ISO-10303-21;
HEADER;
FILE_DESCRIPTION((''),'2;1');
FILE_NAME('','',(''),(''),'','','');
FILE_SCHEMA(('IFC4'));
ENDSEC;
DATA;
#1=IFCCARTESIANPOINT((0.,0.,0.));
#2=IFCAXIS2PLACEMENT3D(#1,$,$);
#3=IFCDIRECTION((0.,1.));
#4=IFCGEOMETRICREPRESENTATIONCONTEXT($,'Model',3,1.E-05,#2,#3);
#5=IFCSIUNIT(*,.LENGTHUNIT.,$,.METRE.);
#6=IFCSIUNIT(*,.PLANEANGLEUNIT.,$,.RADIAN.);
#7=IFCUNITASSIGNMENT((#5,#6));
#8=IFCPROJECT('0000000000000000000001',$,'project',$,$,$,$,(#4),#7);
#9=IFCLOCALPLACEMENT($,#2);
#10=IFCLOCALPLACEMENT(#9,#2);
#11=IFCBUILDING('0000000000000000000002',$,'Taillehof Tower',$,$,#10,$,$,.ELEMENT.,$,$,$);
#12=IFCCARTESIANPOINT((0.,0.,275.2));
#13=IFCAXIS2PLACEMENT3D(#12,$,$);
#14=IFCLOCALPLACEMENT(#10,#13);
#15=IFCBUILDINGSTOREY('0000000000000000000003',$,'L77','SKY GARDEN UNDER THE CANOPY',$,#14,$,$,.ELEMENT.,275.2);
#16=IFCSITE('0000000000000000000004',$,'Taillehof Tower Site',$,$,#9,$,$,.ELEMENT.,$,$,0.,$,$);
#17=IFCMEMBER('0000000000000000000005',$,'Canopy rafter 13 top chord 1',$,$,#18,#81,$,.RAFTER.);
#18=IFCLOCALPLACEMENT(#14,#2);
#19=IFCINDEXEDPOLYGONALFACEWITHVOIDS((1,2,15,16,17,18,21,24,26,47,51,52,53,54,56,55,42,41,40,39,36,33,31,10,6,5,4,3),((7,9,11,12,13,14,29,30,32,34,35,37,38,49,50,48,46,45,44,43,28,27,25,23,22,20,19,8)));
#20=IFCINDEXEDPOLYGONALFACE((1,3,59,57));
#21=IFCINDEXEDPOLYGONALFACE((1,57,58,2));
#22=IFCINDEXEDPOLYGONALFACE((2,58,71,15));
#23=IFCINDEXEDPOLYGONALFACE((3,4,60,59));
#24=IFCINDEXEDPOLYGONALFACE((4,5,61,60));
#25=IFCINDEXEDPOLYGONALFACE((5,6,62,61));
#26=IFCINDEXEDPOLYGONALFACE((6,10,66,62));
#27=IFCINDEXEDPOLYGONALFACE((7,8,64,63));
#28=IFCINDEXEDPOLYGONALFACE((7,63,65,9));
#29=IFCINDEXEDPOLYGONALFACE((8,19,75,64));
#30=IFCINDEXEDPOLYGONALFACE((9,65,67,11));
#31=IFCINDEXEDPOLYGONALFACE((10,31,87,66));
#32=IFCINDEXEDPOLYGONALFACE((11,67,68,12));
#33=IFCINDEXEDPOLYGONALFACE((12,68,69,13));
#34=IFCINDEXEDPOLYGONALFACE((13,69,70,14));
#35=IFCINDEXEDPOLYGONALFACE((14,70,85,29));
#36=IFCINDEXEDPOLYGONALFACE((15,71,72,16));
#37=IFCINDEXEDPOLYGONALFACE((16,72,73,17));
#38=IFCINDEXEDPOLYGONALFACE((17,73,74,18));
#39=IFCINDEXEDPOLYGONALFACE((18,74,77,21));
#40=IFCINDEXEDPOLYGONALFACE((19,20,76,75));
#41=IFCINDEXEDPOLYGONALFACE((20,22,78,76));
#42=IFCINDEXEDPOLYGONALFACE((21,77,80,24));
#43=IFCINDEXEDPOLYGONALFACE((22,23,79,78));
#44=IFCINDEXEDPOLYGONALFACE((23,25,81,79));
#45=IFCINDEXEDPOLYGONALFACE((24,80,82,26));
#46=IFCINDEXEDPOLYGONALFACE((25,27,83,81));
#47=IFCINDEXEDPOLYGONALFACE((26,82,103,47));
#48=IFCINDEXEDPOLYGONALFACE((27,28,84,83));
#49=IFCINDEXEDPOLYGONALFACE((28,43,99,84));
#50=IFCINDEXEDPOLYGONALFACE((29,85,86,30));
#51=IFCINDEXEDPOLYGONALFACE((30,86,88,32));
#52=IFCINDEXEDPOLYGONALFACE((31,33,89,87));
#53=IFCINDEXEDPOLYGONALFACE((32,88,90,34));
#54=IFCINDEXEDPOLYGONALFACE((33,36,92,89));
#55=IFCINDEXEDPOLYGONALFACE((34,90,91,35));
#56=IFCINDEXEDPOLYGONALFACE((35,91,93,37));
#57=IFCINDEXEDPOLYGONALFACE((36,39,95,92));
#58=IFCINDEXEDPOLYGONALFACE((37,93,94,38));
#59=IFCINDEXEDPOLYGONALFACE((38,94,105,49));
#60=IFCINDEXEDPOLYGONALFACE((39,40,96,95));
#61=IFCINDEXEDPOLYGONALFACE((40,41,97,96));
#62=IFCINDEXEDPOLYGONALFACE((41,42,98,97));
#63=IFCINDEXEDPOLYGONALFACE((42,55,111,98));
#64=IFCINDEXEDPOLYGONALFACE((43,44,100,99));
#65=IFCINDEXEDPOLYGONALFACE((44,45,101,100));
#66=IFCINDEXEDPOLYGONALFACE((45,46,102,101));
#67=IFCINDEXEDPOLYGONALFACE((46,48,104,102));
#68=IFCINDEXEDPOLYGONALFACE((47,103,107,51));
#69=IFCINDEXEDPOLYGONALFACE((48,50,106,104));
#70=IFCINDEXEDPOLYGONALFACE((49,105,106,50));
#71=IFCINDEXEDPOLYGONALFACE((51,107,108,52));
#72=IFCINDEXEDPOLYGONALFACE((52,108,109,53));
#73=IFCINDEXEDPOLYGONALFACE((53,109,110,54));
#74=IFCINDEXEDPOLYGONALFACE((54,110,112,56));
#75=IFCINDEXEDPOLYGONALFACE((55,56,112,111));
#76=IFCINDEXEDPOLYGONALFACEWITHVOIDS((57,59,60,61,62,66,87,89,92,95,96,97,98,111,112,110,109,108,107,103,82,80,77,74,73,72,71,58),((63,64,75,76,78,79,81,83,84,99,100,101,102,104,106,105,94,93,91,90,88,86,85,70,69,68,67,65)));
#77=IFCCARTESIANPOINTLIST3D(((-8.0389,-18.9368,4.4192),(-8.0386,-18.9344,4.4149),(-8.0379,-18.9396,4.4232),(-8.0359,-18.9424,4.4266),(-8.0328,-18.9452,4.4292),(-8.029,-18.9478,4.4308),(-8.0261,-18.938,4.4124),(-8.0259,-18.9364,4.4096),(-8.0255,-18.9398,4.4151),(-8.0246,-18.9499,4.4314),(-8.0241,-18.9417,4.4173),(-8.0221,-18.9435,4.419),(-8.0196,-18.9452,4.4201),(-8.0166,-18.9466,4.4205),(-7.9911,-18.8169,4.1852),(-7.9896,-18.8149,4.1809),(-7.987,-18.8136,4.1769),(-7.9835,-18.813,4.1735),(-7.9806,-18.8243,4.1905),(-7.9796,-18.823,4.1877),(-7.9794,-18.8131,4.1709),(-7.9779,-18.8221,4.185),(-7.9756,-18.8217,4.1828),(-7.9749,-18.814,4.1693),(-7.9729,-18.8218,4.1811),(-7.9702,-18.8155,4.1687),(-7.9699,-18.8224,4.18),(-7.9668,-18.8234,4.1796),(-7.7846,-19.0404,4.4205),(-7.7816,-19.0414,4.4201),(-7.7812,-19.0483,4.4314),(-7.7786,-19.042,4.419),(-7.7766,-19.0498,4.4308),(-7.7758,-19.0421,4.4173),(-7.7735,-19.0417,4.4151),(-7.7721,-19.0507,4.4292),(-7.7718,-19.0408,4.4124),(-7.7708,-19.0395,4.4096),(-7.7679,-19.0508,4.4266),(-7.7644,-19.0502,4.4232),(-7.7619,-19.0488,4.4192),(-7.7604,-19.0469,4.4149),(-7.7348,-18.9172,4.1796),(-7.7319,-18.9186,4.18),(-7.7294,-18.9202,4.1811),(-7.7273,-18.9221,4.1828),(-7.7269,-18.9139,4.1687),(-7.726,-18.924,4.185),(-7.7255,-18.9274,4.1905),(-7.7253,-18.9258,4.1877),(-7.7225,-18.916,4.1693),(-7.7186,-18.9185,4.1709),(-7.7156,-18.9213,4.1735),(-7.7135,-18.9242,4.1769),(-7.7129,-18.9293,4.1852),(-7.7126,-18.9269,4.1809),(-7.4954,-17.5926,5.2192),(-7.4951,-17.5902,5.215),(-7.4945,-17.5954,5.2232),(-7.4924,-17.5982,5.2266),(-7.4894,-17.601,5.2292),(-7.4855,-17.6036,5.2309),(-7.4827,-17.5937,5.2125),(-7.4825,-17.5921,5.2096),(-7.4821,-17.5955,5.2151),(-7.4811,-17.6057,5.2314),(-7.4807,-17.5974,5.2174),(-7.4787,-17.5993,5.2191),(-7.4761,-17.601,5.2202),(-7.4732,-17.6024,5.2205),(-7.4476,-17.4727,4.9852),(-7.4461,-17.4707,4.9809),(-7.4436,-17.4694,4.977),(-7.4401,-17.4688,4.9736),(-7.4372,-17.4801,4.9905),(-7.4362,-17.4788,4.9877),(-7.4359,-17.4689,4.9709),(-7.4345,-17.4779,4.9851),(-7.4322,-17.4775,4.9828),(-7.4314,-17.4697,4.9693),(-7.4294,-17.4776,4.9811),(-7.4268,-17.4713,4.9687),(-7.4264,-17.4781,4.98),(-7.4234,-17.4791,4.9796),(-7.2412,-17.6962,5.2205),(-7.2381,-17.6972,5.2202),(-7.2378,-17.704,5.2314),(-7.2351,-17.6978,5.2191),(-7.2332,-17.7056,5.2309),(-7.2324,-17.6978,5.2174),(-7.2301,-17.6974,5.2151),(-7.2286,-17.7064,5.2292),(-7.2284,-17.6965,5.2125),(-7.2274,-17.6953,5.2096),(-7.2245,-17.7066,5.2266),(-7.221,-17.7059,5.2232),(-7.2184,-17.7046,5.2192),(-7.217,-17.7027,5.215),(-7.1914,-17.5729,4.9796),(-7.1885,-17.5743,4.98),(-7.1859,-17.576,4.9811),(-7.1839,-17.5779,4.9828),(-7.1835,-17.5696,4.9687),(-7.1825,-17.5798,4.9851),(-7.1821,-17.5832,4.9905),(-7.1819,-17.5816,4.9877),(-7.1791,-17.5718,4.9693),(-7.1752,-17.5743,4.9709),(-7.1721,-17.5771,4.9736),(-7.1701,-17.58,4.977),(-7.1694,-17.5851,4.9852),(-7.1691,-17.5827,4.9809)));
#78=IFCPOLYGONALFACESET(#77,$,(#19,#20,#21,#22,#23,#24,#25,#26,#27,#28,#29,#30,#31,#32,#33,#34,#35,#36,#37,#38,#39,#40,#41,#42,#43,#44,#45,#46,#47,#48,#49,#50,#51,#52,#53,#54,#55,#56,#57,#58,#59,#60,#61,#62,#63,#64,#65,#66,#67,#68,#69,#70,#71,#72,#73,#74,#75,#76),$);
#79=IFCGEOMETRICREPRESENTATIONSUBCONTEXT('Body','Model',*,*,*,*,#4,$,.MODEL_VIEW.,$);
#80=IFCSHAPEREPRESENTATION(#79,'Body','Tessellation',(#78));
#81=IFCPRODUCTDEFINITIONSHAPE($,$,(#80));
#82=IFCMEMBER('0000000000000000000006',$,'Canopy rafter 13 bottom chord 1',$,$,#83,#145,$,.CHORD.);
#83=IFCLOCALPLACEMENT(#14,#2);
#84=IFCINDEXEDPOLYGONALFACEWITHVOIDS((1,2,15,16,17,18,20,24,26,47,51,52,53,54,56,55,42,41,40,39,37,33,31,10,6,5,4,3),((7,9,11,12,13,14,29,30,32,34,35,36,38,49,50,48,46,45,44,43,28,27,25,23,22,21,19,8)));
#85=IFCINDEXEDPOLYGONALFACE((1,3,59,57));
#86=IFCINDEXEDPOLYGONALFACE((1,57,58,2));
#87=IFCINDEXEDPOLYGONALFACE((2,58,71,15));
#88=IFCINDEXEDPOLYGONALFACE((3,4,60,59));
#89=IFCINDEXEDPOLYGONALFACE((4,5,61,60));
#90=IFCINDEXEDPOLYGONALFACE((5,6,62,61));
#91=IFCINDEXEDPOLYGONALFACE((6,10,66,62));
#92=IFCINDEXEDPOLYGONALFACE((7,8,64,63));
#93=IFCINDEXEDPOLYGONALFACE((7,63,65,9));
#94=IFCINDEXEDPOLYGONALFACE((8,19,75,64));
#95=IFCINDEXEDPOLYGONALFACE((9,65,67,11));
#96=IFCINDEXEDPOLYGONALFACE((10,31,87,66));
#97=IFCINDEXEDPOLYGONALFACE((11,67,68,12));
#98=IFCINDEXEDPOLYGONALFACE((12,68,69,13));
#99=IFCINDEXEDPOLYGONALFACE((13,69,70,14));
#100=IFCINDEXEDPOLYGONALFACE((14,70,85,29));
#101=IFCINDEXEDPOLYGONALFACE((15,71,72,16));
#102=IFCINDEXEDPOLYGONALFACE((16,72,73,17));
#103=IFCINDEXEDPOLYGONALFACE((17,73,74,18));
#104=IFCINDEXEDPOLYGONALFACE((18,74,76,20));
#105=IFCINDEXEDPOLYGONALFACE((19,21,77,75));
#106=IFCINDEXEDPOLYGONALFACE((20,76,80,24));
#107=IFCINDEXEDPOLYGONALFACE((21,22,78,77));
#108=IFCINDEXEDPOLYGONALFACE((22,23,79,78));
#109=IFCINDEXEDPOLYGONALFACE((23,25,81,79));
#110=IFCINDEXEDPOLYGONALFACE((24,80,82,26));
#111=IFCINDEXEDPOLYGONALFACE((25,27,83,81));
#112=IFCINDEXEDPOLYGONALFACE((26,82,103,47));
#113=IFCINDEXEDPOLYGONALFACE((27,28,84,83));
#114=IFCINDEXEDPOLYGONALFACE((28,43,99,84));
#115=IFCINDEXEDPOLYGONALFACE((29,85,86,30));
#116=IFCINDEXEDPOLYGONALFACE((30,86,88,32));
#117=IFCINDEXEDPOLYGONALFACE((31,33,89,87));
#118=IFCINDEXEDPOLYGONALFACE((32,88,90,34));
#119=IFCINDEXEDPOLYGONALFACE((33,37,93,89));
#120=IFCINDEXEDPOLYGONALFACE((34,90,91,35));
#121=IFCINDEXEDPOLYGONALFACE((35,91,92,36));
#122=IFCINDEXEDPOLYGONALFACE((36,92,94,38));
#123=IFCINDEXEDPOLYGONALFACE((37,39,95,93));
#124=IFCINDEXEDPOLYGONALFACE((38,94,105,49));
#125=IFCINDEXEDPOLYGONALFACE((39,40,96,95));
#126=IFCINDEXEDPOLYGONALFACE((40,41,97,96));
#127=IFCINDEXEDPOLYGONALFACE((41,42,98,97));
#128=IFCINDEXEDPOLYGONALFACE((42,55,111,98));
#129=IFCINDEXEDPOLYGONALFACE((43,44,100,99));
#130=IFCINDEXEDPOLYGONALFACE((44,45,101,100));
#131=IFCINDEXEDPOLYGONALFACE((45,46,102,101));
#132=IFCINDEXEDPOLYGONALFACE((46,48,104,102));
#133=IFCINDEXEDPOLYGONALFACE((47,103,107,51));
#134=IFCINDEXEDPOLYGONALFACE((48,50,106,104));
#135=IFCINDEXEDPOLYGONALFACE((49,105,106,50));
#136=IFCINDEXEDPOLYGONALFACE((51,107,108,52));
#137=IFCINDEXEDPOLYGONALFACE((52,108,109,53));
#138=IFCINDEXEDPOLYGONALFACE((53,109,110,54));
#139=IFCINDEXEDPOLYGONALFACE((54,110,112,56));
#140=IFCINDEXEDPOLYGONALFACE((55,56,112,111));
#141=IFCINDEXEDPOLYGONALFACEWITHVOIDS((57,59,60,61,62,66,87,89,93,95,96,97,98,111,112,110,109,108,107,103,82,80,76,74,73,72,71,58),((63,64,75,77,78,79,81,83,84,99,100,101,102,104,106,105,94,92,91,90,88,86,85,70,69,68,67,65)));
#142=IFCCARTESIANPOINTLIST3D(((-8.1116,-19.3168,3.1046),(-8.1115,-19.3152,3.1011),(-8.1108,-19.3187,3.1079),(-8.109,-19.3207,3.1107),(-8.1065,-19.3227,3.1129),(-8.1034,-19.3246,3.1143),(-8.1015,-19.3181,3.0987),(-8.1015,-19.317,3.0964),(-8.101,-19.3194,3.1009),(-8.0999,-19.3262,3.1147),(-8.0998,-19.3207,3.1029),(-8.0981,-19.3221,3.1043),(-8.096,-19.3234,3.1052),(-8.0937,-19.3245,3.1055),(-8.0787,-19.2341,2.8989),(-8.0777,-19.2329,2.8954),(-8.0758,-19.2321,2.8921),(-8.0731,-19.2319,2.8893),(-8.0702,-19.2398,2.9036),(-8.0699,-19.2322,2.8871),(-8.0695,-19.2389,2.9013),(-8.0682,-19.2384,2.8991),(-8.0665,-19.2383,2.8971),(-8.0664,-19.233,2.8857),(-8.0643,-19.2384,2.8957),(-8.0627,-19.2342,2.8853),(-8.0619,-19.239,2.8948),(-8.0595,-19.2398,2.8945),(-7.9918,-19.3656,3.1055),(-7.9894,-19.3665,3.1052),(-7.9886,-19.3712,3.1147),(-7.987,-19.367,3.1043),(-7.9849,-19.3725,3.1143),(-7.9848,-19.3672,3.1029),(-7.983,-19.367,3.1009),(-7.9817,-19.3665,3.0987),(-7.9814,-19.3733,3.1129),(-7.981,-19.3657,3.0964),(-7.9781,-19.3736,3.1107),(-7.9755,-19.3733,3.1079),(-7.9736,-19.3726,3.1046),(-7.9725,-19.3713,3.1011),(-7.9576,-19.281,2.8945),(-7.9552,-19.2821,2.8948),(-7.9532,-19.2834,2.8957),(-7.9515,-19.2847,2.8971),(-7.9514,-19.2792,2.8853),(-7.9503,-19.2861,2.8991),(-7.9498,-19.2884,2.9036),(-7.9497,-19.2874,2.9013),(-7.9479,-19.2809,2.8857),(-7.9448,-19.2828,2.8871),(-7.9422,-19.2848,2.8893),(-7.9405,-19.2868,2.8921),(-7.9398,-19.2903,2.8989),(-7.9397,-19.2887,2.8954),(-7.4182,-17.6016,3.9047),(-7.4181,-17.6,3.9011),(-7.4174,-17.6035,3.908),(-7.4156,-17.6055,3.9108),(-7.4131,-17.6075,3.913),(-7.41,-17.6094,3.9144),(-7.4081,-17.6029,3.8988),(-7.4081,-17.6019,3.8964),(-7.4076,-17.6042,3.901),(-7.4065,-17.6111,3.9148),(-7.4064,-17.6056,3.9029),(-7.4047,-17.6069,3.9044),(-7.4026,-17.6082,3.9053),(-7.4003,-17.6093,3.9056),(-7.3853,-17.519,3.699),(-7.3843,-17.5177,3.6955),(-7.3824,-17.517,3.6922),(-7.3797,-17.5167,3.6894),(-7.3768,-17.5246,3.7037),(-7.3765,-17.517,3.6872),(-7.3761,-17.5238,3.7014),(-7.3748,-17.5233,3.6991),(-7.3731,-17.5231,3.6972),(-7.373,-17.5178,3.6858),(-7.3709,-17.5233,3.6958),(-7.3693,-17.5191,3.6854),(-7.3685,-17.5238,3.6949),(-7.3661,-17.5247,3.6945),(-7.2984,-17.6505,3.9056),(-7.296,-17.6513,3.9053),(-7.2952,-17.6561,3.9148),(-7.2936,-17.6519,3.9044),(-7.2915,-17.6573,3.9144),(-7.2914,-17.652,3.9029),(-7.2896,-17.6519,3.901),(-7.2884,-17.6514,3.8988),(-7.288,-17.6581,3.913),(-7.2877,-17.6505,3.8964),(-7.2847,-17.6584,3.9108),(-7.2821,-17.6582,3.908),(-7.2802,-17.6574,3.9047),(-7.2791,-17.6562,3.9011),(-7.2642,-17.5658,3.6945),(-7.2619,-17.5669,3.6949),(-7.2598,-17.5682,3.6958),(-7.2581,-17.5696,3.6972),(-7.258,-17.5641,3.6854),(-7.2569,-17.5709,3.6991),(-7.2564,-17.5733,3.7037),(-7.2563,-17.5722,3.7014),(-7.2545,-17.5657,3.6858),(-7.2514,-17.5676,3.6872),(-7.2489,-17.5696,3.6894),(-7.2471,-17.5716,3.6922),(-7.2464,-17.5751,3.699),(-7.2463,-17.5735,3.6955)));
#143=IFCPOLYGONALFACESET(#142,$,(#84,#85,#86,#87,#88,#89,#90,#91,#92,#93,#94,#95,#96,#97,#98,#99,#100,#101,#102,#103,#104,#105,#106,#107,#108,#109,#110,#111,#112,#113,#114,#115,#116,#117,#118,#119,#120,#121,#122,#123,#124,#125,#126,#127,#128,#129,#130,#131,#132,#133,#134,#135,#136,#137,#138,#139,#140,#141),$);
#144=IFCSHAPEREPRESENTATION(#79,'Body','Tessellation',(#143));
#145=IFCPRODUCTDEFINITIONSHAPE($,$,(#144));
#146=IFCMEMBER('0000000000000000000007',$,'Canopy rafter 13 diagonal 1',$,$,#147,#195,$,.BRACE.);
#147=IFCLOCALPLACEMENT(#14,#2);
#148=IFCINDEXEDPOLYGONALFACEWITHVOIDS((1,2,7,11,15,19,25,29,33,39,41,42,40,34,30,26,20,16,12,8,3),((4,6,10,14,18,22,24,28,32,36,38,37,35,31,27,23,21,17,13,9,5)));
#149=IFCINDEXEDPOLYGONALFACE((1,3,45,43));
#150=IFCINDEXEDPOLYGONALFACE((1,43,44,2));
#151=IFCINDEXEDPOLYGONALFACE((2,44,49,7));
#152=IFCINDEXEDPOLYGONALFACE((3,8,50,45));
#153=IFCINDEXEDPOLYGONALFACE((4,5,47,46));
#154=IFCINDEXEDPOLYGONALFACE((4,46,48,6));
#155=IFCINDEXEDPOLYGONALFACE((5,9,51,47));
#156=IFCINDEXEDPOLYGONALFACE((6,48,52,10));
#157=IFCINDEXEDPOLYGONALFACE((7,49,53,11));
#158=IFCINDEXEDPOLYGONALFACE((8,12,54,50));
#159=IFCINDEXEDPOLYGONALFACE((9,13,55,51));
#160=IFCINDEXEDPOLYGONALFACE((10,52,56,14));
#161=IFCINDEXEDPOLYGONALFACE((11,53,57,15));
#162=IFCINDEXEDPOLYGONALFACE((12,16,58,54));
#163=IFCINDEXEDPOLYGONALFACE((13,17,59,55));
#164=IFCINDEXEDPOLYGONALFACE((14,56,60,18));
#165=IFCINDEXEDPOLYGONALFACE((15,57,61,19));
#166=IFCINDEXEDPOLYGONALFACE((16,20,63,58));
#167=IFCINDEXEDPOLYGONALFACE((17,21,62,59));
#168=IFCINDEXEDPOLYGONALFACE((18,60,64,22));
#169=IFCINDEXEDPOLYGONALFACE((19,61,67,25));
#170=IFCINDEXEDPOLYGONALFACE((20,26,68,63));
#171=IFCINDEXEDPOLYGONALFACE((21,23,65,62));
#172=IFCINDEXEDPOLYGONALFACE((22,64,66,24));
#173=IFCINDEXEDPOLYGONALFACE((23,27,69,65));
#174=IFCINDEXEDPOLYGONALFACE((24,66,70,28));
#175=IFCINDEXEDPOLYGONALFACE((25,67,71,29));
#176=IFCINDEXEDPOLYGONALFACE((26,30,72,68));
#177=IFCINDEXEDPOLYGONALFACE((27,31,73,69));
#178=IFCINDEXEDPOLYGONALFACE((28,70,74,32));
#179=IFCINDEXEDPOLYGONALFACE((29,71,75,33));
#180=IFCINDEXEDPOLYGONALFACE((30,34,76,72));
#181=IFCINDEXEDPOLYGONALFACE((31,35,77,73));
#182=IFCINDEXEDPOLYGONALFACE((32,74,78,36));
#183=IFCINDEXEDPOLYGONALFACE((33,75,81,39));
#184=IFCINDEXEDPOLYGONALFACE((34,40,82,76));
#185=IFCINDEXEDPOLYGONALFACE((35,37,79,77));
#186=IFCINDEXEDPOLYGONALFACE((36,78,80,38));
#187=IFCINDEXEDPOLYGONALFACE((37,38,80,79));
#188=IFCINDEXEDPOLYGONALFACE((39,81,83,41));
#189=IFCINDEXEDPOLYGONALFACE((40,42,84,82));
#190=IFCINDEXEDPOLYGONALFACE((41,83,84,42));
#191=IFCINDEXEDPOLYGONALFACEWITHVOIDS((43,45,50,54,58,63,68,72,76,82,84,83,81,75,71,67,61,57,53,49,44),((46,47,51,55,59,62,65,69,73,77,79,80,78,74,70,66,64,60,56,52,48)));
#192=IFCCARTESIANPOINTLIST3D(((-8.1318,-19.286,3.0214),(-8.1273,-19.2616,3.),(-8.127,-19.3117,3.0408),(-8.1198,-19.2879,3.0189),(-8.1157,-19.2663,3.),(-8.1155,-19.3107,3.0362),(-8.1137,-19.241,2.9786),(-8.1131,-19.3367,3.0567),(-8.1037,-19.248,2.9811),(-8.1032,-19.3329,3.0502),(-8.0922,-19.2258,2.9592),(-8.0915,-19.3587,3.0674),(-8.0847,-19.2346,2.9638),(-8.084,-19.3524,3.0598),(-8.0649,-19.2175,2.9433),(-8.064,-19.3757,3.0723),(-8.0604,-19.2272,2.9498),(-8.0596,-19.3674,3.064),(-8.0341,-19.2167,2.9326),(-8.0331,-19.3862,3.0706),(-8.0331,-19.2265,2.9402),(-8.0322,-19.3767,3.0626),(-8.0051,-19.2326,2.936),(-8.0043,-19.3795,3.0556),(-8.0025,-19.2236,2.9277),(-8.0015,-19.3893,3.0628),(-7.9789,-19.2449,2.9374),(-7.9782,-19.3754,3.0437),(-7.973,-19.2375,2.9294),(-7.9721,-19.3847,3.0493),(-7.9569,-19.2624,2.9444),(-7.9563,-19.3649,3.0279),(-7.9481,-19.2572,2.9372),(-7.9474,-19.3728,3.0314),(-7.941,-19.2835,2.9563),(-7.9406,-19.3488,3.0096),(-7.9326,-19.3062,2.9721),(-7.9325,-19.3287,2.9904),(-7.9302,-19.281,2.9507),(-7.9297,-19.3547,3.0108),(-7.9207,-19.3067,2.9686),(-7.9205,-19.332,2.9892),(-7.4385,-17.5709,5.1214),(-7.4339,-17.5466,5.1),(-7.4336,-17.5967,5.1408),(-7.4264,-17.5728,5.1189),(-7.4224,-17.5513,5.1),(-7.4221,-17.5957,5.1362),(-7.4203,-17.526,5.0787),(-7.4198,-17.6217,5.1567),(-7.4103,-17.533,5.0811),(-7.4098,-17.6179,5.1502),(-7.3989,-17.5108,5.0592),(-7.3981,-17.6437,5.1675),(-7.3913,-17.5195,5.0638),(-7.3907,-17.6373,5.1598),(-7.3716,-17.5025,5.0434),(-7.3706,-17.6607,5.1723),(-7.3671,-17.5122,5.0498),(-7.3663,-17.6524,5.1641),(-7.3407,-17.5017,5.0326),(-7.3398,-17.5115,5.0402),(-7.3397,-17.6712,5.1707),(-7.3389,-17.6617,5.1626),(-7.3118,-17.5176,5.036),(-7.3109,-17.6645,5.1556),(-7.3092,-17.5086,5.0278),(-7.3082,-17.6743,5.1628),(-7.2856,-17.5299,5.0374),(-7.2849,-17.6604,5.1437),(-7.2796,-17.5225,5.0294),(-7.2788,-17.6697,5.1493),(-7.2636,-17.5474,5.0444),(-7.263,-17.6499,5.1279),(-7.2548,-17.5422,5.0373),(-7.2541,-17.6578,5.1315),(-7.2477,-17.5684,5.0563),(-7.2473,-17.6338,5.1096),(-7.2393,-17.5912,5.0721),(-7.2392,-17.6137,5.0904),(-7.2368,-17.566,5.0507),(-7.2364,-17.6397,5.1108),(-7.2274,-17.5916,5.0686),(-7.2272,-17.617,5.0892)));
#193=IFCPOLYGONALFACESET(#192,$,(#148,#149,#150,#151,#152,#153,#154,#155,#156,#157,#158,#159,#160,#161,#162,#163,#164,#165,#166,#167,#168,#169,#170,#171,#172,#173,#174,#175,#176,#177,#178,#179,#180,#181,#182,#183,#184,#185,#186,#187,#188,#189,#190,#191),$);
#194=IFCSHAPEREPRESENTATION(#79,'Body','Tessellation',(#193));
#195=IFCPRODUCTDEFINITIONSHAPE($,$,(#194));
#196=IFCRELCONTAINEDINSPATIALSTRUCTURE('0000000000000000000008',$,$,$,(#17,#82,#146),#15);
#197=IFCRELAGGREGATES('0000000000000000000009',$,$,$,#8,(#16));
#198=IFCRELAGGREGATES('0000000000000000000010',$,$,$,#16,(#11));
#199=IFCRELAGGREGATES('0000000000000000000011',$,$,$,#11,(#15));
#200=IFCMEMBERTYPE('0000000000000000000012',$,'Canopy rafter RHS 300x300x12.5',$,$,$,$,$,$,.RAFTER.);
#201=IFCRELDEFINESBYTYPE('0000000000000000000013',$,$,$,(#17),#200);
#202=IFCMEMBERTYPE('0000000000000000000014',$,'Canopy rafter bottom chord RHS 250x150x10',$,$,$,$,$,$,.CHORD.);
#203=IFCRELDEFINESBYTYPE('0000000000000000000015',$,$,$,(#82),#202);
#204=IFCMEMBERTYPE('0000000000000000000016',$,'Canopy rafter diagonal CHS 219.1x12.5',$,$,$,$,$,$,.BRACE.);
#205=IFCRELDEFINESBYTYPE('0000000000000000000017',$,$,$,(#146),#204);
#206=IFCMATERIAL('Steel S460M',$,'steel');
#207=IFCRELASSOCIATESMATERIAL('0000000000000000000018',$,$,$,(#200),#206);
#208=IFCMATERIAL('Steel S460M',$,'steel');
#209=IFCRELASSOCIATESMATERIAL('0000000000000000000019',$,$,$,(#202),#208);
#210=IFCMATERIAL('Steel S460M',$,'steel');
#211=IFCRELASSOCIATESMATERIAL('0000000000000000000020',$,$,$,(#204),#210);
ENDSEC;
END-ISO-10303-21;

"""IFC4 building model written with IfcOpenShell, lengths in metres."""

from ifc_helpers import new_model, si_unit, direction, frame, origin, origin_2d, place, context, subcontext, project, spatial, hollow_rectangle, hollow_circle, extrude, material, material_profile, profile_set, type_object, element, save


model = new_model("IFC4")

# Units and contexts
model_context = context("Model", 3, precision=1e-05, world=origin(), true_north=direction((0.0, 1.0)))
body_context = subcontext(model_context, "Body", "Model", "MODEL_VIEW")
ifc_project = project(units=[si_unit("LENGTHUNIT", "METRE"), si_unit("PLANEANGLEUNIT", "RADIAN")], contexts=[model_context])

# Site, building, storey
site_placement = place(None, origin())
site = spatial("IfcSite", under=ifc_project, at=site_placement, Name="Taillehof Tower Site", CompositionType="ELEMENT", RefElevation=0.0)
building_placement = place(site_placement, origin())
building = spatial("IfcBuilding", under=site, at=building_placement, Name="Taillehof Tower", CompositionType="ELEMENT")
storey_placement = place(building_placement, frame((0.0, 0.0, 275.2)))
storey = spatial("IfcBuildingStorey", under=building, at=storey_placement, Name="L77", Description="SKY GARDEN UNDER THE CANOPY", CompositionType="ELEMENT", Elevation=275.2)

# Members
ifc_material_1 = material(Name="Steel S460M", Category="steel")
ifc_material_profile_1 = material_profile(ifc_material_1, hollow_rectangle(XDim=0.3, YDim=0.3, WallThickness=0.0125, InnerFilletRadius=0.0125, OuterFilletRadius=0.0188, at=origin_2d()), Name="RHS 300x300x12.5")
ifc_profile_set_1 = profile_set([ifc_material_profile_1], Name="Steel S460M")
member_type_1 = type_object("IfcMemberType", Name="Canopy rafter RHS 300x300x12.5", PredefinedType="RAFTER", material=ifc_profile_set_1)
member_1_placement = place(storey_placement, frame((-7.8757, -18.9319, 4.3), z_axis=(0.328171, 0.811729, 0.483116), x_axis=(-0.9271, 0.374814, 0.0)))
element("IfcMember", 1, at=member_1_placement, inside=storey, type_object=member_type_1, Name="Canopy rafter 13 top chord 1", PredefinedType="RAFTER", context=body_context, shape_type="SweptSolid", body=[
    extrude(hollow_rectangle(XDim=0.3, YDim=0.3, WallThickness=0.0125, InnerFilletRadius=0.0125, OuterFilletRadius=0.0188, at=origin_2d()), origin(), (0.0, 0.0, 1.0), 1.656),
])
ifc_material_2 = material(Name="Steel S460M", Category="steel")
ifc_material_profile_2 = material_profile(ifc_material_2, hollow_rectangle(XDim=0.1499, YDim=0.25, WallThickness=0.01, InnerFilletRadius=0.01, OuterFilletRadius=0.0149, at=origin_2d()), Name="RHS 250x150x10")
ifc_profile_set_2 = profile_set([ifc_material_profile_2], Name="Steel S460M")
member_type_2 = type_object("IfcMemberType", Name="Canopy rafter bottom chord RHS 250x150x10", PredefinedType="CHORD", material=ifc_profile_set_2)
member_2_placement = place(storey_placement, frame((-8.0256, -19.3027, 3.0), z_axis=(0.344009, 0.850937, 0.396943), x_axis=(-0.927105, 0.374801, 0.0)))
element("IfcMember", 2, at=member_2_placement, inside=storey, type_object=member_type_2, Name="Canopy rafter 13 bottom chord 1", PredefinedType="CHORD", context=body_context, shape_type="SweptSolid", body=[
    extrude(hollow_rectangle(XDim=0.1499, YDim=0.25, WallThickness=0.01, InnerFilletRadius=0.01, OuterFilletRadius=0.0149, at=origin_2d()), origin(), (0.0, 0.0, 1.0), 2.0156),
])
ifc_material_3 = material(Name="Steel S460M", Category="steel")
ifc_material_profile_3 = material_profile(ifc_material_3, hollow_circle(Radius=0.1096, WallThickness=0.0125, at=origin_2d()), Name="CHS 219.1x12.5")
ifc_profile_set_3 = profile_set([ifc_material_profile_3], Name="Steel S460M")
member_type_3 = type_object("IfcMemberType", Name="Canopy rafter diagonal CHS 219.1x12.5", PredefinedType="BRACE", material=ifc_profile_set_3)
member_3_placement = place(storey_placement, frame((-8.0256, -19.3027, 3.0), z_axis=(0.247744, 0.612817, 0.750385), x_axis=(-0.927105, 0.374801, 0.0)))
element("IfcMember", 3, at=member_3_placement, inside=storey, type_object=member_type_3, Name="Canopy rafter 13 diagonal 1", PredefinedType="BRACE", context=body_context, shape_type="SweptSolid", body=[
    extrude(hollow_circle(Radius=0.1096, WallThickness=0.0125, at=origin_2d()), origin(), (0.0, 0.0, 1.0), 2.7986),
])

save(model, "model.ifc")
